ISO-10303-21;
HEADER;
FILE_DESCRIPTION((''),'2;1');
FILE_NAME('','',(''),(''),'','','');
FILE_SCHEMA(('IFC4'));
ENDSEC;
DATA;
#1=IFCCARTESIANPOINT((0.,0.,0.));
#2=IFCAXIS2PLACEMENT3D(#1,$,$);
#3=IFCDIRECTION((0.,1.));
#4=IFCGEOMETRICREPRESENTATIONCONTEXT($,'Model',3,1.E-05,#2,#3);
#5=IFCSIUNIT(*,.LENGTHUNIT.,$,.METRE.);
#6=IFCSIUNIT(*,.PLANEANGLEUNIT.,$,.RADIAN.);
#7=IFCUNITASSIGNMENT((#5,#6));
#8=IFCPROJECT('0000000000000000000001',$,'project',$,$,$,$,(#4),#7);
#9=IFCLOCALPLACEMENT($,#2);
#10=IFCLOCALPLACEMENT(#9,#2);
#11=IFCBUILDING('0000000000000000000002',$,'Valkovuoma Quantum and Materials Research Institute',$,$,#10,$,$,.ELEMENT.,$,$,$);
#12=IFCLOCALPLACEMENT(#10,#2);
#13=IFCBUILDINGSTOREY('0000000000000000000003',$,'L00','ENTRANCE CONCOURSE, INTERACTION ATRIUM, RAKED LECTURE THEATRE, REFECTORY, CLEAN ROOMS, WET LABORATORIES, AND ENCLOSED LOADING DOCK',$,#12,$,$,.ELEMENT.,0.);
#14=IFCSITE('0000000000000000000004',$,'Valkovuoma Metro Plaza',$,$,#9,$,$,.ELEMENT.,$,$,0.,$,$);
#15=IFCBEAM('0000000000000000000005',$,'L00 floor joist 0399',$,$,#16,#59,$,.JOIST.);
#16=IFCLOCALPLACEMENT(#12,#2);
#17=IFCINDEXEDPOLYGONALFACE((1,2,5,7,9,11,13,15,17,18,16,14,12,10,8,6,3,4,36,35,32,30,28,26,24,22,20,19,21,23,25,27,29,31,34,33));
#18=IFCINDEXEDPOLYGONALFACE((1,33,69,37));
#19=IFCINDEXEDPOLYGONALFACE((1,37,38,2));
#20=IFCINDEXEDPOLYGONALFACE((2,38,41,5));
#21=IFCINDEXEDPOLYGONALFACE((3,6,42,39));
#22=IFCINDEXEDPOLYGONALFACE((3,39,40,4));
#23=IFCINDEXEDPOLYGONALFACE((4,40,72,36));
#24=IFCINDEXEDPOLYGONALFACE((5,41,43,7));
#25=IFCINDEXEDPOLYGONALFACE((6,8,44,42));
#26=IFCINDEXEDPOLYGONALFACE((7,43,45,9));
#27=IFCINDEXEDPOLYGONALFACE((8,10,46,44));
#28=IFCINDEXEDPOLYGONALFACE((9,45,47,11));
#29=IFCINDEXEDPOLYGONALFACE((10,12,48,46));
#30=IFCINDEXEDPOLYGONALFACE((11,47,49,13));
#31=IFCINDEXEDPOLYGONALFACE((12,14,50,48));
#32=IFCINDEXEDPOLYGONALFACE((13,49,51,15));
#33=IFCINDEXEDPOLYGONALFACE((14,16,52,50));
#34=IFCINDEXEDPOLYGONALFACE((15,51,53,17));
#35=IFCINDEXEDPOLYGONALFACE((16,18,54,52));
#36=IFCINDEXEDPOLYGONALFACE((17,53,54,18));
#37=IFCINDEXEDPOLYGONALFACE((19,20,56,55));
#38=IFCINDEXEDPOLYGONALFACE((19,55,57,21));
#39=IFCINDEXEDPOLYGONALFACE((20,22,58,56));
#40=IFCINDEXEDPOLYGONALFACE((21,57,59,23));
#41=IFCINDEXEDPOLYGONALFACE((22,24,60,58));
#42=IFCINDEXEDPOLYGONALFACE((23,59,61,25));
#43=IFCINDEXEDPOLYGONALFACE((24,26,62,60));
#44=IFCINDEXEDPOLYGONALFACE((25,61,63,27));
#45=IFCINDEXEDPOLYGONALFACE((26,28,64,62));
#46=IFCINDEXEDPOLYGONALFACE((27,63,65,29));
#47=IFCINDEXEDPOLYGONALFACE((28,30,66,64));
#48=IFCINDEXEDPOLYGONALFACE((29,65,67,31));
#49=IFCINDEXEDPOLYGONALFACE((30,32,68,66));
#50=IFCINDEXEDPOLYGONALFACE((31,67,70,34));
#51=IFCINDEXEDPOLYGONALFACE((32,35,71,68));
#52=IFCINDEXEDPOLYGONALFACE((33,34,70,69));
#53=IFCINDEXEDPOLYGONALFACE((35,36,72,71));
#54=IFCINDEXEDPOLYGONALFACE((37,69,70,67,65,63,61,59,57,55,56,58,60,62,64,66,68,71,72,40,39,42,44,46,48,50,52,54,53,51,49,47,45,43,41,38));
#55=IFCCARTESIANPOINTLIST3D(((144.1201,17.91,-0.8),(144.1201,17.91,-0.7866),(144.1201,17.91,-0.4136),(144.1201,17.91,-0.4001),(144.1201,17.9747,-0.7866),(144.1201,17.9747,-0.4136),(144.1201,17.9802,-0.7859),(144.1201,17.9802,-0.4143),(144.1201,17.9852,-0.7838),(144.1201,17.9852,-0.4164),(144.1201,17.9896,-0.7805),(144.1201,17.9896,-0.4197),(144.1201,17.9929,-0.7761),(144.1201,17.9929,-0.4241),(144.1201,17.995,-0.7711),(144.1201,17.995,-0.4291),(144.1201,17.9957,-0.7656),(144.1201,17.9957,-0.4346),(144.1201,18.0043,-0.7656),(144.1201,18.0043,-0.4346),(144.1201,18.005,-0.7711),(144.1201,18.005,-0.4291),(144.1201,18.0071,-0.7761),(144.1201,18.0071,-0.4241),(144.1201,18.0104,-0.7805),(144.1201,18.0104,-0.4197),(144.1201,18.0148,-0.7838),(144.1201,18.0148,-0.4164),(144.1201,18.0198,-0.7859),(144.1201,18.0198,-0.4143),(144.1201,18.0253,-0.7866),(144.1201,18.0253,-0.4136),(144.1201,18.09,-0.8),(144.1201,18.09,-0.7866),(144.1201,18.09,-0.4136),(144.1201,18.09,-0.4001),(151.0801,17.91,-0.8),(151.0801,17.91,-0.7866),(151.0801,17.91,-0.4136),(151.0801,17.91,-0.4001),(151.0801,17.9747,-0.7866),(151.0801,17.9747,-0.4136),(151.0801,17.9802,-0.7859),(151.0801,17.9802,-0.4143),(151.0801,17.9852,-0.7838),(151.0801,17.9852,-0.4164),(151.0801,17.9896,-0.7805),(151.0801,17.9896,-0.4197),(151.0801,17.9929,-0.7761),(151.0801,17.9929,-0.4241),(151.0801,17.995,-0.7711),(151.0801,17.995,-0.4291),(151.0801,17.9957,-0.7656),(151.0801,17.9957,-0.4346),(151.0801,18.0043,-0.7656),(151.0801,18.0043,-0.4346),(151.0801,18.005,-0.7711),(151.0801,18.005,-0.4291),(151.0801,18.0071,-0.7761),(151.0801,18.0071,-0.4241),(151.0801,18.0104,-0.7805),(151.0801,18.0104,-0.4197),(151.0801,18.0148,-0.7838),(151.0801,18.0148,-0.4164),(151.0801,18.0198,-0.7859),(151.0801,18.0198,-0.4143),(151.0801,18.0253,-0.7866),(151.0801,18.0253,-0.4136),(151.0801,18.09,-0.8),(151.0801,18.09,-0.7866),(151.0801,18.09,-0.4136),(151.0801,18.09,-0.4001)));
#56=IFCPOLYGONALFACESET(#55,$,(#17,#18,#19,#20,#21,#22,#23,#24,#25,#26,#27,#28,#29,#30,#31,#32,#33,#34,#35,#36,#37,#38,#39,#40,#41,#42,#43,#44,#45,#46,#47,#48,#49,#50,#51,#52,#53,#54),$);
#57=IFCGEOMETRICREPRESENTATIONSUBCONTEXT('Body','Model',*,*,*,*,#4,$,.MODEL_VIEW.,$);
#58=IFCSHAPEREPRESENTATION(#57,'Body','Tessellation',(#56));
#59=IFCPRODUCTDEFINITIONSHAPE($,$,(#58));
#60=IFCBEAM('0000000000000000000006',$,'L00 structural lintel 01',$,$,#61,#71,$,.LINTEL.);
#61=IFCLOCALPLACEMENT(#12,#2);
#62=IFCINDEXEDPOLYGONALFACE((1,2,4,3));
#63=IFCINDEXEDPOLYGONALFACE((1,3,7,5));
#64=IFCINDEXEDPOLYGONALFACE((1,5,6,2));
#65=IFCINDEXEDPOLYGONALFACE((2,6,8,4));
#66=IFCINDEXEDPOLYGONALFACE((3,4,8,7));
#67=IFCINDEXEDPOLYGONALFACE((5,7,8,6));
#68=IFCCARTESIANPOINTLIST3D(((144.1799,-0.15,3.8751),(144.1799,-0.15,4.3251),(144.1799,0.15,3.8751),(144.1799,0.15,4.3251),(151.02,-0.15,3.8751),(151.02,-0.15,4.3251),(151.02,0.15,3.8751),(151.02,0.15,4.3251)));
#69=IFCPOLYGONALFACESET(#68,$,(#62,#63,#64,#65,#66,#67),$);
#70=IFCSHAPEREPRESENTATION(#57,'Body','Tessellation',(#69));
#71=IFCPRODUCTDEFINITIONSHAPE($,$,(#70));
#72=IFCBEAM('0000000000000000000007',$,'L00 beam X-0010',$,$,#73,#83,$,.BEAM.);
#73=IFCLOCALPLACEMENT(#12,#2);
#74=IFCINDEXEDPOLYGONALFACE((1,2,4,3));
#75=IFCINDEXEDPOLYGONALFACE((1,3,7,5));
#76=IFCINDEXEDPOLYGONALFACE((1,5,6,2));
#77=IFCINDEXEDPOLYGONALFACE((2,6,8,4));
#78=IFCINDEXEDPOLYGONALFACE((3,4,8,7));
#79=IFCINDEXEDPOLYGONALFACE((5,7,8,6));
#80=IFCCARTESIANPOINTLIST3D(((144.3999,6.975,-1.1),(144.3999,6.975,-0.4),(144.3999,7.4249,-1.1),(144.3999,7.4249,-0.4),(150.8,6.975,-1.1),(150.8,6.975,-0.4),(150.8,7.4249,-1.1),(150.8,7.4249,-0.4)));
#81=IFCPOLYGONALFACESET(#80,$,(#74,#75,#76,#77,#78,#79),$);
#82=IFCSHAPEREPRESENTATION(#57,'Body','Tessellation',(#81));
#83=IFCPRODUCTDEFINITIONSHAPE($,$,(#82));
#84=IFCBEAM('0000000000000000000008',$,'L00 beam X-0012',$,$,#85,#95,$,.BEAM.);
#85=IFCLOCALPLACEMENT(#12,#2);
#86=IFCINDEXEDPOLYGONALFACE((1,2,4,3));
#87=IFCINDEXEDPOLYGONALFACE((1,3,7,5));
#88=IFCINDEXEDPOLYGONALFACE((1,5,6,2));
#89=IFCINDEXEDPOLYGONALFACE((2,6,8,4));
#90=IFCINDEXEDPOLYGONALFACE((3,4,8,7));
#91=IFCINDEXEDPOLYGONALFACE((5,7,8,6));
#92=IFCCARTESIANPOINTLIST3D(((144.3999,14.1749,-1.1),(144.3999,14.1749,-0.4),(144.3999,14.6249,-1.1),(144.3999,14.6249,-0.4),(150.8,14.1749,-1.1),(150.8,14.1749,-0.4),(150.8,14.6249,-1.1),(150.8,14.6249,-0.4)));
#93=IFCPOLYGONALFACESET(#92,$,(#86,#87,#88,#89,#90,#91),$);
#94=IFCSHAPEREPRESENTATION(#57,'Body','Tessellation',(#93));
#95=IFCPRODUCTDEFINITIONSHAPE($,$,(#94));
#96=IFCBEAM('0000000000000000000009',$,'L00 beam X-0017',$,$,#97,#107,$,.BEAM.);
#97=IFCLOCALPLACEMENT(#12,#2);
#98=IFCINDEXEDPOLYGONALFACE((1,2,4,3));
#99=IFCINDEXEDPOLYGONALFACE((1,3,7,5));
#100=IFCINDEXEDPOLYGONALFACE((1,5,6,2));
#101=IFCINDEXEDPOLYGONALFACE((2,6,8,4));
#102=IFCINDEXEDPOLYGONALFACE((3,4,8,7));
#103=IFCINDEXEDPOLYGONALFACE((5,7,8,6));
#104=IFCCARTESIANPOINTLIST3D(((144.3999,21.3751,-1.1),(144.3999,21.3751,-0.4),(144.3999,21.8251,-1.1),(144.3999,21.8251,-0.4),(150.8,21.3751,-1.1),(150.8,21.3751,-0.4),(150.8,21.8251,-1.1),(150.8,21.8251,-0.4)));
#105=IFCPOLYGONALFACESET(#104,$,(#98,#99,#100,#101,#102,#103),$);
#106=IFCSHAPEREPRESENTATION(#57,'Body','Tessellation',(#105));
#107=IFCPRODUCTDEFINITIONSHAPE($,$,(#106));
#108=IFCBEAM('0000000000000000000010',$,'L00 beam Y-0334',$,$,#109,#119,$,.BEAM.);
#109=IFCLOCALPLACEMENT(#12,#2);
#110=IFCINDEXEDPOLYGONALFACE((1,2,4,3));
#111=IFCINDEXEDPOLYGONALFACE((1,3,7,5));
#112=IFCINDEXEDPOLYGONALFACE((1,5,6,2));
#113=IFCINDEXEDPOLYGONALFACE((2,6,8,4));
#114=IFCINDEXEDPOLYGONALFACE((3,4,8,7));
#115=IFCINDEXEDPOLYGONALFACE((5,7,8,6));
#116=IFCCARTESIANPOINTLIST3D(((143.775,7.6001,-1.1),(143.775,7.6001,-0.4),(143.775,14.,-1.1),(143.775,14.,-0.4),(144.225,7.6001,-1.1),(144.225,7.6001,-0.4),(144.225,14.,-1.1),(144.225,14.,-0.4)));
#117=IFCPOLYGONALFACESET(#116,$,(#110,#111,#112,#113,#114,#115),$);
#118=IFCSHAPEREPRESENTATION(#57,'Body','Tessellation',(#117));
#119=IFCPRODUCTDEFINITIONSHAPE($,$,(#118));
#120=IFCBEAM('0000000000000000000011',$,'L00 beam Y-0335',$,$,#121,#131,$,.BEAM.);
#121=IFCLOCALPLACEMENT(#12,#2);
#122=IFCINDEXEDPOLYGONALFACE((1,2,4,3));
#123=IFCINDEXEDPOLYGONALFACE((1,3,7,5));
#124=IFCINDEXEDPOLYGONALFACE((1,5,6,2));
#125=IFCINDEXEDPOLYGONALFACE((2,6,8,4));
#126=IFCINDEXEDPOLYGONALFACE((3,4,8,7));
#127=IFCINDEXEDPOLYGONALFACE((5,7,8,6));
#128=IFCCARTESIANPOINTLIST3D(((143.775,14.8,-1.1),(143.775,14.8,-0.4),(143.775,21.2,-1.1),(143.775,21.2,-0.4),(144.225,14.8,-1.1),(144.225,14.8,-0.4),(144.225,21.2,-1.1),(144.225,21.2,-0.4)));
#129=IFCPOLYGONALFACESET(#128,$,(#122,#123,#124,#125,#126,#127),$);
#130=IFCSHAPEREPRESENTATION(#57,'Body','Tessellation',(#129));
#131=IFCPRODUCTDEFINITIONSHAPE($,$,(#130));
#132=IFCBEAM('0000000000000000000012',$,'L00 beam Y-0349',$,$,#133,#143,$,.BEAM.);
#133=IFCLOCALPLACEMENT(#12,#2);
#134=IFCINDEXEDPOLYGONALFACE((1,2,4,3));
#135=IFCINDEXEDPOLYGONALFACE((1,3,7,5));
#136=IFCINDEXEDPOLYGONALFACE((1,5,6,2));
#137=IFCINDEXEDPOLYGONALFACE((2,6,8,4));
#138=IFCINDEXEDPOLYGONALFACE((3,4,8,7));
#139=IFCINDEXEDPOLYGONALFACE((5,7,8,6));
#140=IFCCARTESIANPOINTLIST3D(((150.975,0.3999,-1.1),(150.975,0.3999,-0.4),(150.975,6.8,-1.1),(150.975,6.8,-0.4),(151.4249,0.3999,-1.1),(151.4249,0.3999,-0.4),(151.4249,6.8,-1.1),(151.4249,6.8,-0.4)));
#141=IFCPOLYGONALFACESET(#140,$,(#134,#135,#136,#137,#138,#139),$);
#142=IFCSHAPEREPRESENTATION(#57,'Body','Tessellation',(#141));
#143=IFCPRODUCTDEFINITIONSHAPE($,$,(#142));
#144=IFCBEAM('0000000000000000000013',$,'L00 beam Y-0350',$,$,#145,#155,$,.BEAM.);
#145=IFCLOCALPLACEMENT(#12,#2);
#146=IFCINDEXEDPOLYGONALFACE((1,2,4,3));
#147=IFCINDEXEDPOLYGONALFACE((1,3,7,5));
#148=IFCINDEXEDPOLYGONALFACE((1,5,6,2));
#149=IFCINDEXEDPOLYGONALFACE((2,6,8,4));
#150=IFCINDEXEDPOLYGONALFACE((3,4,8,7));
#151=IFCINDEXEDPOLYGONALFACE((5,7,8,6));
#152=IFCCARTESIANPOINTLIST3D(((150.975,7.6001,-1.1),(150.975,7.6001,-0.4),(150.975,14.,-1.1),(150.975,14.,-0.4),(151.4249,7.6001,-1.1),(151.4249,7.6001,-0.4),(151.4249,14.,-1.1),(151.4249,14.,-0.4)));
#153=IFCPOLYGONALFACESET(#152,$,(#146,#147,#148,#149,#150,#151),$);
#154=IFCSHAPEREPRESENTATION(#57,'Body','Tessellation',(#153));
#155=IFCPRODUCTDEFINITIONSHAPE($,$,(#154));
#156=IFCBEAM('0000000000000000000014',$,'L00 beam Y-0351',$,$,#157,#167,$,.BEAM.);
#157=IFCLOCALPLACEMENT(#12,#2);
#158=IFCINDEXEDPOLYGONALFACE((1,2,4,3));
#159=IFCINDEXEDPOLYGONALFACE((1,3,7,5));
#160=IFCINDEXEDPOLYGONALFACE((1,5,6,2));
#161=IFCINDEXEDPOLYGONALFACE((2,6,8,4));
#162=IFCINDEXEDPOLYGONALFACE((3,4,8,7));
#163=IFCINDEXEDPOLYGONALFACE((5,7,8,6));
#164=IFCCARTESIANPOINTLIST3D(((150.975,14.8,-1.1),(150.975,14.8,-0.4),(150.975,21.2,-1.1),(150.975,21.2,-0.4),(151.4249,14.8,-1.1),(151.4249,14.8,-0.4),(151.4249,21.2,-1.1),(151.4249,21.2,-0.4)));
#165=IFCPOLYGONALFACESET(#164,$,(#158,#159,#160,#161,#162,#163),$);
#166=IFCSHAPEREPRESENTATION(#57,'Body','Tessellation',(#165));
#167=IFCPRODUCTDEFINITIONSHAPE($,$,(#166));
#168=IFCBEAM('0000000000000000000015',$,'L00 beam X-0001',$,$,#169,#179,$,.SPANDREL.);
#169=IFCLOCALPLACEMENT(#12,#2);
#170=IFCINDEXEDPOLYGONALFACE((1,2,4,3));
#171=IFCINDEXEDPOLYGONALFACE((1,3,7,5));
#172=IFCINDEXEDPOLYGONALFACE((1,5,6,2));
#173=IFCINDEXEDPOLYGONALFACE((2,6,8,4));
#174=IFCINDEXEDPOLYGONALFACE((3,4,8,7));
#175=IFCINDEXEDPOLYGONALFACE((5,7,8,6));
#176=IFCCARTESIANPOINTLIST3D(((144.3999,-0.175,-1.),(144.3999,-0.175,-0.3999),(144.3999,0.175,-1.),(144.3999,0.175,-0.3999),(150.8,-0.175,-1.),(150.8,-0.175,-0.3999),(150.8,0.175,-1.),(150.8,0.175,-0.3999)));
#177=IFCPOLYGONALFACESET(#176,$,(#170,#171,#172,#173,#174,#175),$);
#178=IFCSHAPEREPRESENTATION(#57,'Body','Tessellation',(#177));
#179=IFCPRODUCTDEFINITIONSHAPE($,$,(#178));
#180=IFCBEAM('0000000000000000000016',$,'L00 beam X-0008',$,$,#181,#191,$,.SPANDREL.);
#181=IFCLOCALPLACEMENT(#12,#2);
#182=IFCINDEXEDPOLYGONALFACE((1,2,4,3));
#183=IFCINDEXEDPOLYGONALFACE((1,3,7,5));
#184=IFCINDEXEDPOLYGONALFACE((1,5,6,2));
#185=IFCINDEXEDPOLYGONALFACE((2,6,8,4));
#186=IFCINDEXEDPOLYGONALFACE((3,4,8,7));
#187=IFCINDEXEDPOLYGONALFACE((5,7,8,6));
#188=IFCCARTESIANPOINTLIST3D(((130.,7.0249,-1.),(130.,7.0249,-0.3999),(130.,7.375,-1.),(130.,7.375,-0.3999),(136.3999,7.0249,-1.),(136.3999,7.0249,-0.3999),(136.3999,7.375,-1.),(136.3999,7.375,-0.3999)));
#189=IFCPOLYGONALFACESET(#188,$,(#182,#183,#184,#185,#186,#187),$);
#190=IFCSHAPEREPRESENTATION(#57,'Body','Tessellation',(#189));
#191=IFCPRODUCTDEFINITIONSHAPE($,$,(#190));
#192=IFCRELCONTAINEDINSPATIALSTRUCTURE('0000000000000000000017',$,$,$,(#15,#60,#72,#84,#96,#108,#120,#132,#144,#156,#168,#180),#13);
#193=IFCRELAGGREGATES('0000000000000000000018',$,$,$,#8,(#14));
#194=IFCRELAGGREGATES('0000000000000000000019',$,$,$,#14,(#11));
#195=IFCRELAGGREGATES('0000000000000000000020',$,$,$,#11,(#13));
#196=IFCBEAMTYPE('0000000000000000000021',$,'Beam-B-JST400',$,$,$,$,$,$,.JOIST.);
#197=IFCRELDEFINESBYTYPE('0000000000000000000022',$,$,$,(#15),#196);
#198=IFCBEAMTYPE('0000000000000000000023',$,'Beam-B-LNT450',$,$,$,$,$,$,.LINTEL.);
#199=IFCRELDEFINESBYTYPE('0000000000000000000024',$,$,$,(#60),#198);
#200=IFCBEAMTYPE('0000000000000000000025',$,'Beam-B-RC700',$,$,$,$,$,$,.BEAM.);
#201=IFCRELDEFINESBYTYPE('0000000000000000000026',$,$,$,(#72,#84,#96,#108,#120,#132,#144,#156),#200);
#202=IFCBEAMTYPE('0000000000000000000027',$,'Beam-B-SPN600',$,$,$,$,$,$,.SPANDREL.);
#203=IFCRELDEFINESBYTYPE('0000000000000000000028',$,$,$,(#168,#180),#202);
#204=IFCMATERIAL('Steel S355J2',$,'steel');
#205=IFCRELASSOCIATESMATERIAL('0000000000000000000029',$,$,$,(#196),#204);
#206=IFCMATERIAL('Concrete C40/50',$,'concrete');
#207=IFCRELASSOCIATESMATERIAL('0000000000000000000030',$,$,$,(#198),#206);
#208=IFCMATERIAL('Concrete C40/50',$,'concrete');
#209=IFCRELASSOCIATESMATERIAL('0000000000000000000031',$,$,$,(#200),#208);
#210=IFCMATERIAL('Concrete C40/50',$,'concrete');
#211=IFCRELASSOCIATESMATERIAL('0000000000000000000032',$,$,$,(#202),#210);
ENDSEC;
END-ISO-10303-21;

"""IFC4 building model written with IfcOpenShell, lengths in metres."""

from ifc_helpers import new_model, si_unit, direction, frame, origin, origin_2d, place, context, subcontext, project, spatial, rectangle, i_section, extrude, material, material_profile, profile_set, type_object, element, save


model = new_model("IFC4")

# Units and contexts
model_context = context("Model", 3, precision=1e-05, world=origin(), true_north=direction((0.0, 1.0)))
body_context = subcontext(model_context, "Body", "Model", "MODEL_VIEW")
ifc_project = project(units=[si_unit("LENGTHUNIT", "METRE"), si_unit("PLANEANGLEUNIT", "RADIAN")], contexts=[model_context])

# Site, building, storey
site_placement = place(None, origin())
site = spatial("IfcSite", under=ifc_project, at=site_placement, Name="Valkovuoma Metro Plaza", CompositionType="ELEMENT", RefElevation=0.0)
building_placement = place(site_placement, origin())
building = spatial("IfcBuilding", under=site, at=building_placement, Name="Valkovuoma Quantum and Materials Research Institute", CompositionType="ELEMENT")
storey_placement = place(building_placement, origin())
storey = spatial("IfcBuildingStorey", under=building, at=storey_placement, Name="L00", Description="ENTRANCE CONCOURSE, INTERACTION ATRIUM, RAKED LECTURE THEATRE, REFECTORY, CLEAN ROOMS, WET LABORATORIES, AND ENCLOSED LOADING DOCK", CompositionType="ELEMENT", Elevation=0.0)

# Beams
ifc_material_1 = material(Name="Steel S355J2", Category="steel")
ifc_material_profile_1 = material_profile(ifc_material_1, i_section(OverallWidth=0.1799, OverallDepth=0.3999, WebThickness=0.0085, FlangeThickness=0.0134, FilletRadius=0.021, at=origin_2d()), Name="Steel S355J2")
ifc_profile_set_1 = profile_set([ifc_material_profile_1], Name="Steel S355J2")
beam_type_1 = type_object("IfcBeamType", Name="Beam-B-JST400", PredefinedType="JOIST", material=ifc_profile_set_1)
for number, where, z_axis, x_axis, name in (
    (1, (144.1201, 18.0, -0.6001), (1.0, 0.0, 0.0), (0.0, 1.0, 0.0), "L00 floor joist 0399"),
):
    element("IfcBeam", number, at=place(storey_placement, frame(where, z_axis=z_axis, x_axis=x_axis)), inside=storey, type_object=beam_type_1, Name=name, PredefinedType="JOIST", context=body_context, shape_type="SweptSolid", body=[
        extrude(i_section(OverallWidth=0.1799, OverallDepth=0.3999, WebThickness=0.0085, FlangeThickness=0.0134, FilletRadius=0.021, at=origin_2d()), origin(), (0.0, 0.0, 1.0), 6.96),
    ])
ifc_material_2 = material(Name="Concrete C40/50", Category="concrete")
ifc_material_profile_2 = material_profile(ifc_material_2, rectangle(XDim=0.3, YDim=0.45, at=origin_2d()), Name="Concrete C40/50")
ifc_profile_set_2 = profile_set([ifc_material_profile_2], Name="Concrete C40/50")
beam_type_2 = type_object("IfcBeamType", Name="Beam-B-LNT450", PredefinedType="LINTEL", material=ifc_profile_set_2)
beam_1_placement = place(storey_placement, frame((144.1799, 0.0, 4.1001), z_axis=(1.0, 0.0, 0.0), x_axis=(0.0, 1.0, 0.0)))
element("IfcBeam", 2, at=beam_1_placement, inside=storey, type_object=beam_type_2, Name="L00 structural lintel 01", PredefinedType="LINTEL", context=body_context, shape_type="SweptSolid", body=[
    extrude(rectangle(XDim=0.3, YDim=0.45, at=origin_2d()), origin(), (0.0, 0.0, 1.0), 6.8401),
])
ifc_material_3 = material(Name="Concrete C40/50", Category="concrete")
ifc_material_profile_3 = material_profile(ifc_material_3, rectangle(XDim=0.45, YDim=0.7, at=origin_2d()), Name="Concrete C40/50")
ifc_profile_set_3 = profile_set([ifc_material_profile_3], Name="Concrete C40/50")
beam_type_3 = type_object("IfcBeamType", Name="Beam-B-RC700", PredefinedType="BEAM", material=ifc_profile_set_3)
for number, where, z_axis, x_axis, name in (
    (3, (144.3999, 7.2, -0.75), (1.0, 0.0, 0.0), (0.0, 1.0, 0.0), "L00 beam X-0010"),
    (4, (144.3999, 14.3999, -0.75), (1.0, 0.0, 0.0), (0.0, 1.0, 0.0), "L00 beam X-0012"),
    (5, (144.3999, 21.6001, -0.75), (1.0, 0.0, 0.0), (0.0, 1.0, 0.0), "L00 beam X-0017"),
):
    element("IfcBeam", number, at=place(storey_placement, frame(where, z_axis=z_axis, x_axis=x_axis)), inside=storey, type_object=beam_type_3, Name=name, PredefinedType="BEAM", context=body_context, shape_type="SweptSolid", body=[
        extrude(rectangle(XDim=0.45, YDim=0.7, at=origin_2d()), origin(), (0.0, 0.0, 1.0), 6.4001),
    ])
for number, where, z_axis, x_axis, name in (
    (6, (144.0, 7.6001, -0.75), (0.0, 1.0, 0.0), (-1.0, 0.0, 0.0), "L00 beam Y-0334"),
    (7, (144.0, 14.8, -0.75), (0.0, 1.0, 0.0), (-1.0, 0.0, 0.0), "L00 beam Y-0335"),
):
    element("IfcBeam", number, at=place(storey_placement, frame(where, z_axis=z_axis, x_axis=x_axis)), inside=storey, type_object=beam_type_3, Name=name, PredefinedType="BEAM", context=body_context, shape_type="SweptSolid", body=[
        extrude(rectangle(XDim=0.45, YDim=0.7, at=origin_2d()), origin(), (0.0, 0.0, 1.0), 6.3999),
    ])
beam_2_placement = place(storey_placement, frame((151.2, 0.3999, -0.75), z_axis=(0.0, 1.0, 0.0), x_axis=(-1.0, 0.0, 0.0)))
element("IfcBeam", 8, at=beam_2_placement, inside=storey, type_object=beam_type_3, Name="L00 beam Y-0349", PredefinedType="BEAM", context=body_context, shape_type="SweptSolid", body=[
    extrude(rectangle(XDim=0.45, YDim=0.7, at=origin_2d()), origin(), (0.0, 0.0, 1.0), 6.4001),
])
for number, where, z_axis, x_axis, name in (
    (9, (151.2, 7.6001, -0.75), (0.0, 1.0, 0.0), (-1.0, 0.0, 0.0), "L00 beam Y-0350"),
    (10, (151.2, 14.8, -0.75), (0.0, 1.0, 0.0), (-1.0, 0.0, 0.0), "L00 beam Y-0351"),
):
    element("IfcBeam", number, at=place(storey_placement, frame(where, z_axis=z_axis, x_axis=x_axis)), inside=storey, type_object=beam_type_3, Name=name, PredefinedType="BEAM", context=body_context, shape_type="SweptSolid", body=[
        extrude(rectangle(XDim=0.45, YDim=0.7, at=origin_2d()), origin(), (0.0, 0.0, 1.0), 6.3999),
    ])
ifc_material_4 = material(Name="Concrete C40/50", Category="concrete")
ifc_material_profile_4 = material_profile(ifc_material_4, rectangle(XDim=0.3501, YDim=0.6001, at=origin_2d()), Name="Concrete C40/50")
ifc_profile_set_4 = profile_set([ifc_material_profile_4], Name="Concrete C40/50")
beam_type_4 = type_object("IfcBeamType", Name="Beam-B-SPN600", PredefinedType="SPANDREL", material=ifc_profile_set_4)
beam_3_placement = place(storey_placement, frame((144.3999, 0.0, -0.7), z_axis=(1.0, 0.0, 0.0), x_axis=(0.0, 1.0, 0.0)))
element("IfcBeam", 11, at=beam_3_placement, inside=storey, type_object=beam_type_4, Name="L00 beam X-0001", PredefinedType="SPANDREL", context=body_context, shape_type="SweptSolid", body=[
    extrude(rectangle(XDim=0.3501, YDim=0.6001, at=origin_2d()), origin(), (0.0, 0.0, 1.0), 6.4001),
])
beam_4_placement = place(storey_placement, frame((130.0, 7.2, -0.7), z_axis=(1.0, 0.0, 0.0), x_axis=(0.0, 1.0, 0.0)))
element("IfcBeam", 12, at=beam_4_placement, inside=storey, type_object=beam_type_4, Name="L00 beam X-0008", PredefinedType="SPANDREL", context=body_context, shape_type="SweptSolid", body=[
    extrude(rectangle(XDim=0.3501, YDim=0.6001, at=origin_2d()), origin(), (0.0, 0.0, 1.0), 6.3999),
])

save(model, "model.ifc")
